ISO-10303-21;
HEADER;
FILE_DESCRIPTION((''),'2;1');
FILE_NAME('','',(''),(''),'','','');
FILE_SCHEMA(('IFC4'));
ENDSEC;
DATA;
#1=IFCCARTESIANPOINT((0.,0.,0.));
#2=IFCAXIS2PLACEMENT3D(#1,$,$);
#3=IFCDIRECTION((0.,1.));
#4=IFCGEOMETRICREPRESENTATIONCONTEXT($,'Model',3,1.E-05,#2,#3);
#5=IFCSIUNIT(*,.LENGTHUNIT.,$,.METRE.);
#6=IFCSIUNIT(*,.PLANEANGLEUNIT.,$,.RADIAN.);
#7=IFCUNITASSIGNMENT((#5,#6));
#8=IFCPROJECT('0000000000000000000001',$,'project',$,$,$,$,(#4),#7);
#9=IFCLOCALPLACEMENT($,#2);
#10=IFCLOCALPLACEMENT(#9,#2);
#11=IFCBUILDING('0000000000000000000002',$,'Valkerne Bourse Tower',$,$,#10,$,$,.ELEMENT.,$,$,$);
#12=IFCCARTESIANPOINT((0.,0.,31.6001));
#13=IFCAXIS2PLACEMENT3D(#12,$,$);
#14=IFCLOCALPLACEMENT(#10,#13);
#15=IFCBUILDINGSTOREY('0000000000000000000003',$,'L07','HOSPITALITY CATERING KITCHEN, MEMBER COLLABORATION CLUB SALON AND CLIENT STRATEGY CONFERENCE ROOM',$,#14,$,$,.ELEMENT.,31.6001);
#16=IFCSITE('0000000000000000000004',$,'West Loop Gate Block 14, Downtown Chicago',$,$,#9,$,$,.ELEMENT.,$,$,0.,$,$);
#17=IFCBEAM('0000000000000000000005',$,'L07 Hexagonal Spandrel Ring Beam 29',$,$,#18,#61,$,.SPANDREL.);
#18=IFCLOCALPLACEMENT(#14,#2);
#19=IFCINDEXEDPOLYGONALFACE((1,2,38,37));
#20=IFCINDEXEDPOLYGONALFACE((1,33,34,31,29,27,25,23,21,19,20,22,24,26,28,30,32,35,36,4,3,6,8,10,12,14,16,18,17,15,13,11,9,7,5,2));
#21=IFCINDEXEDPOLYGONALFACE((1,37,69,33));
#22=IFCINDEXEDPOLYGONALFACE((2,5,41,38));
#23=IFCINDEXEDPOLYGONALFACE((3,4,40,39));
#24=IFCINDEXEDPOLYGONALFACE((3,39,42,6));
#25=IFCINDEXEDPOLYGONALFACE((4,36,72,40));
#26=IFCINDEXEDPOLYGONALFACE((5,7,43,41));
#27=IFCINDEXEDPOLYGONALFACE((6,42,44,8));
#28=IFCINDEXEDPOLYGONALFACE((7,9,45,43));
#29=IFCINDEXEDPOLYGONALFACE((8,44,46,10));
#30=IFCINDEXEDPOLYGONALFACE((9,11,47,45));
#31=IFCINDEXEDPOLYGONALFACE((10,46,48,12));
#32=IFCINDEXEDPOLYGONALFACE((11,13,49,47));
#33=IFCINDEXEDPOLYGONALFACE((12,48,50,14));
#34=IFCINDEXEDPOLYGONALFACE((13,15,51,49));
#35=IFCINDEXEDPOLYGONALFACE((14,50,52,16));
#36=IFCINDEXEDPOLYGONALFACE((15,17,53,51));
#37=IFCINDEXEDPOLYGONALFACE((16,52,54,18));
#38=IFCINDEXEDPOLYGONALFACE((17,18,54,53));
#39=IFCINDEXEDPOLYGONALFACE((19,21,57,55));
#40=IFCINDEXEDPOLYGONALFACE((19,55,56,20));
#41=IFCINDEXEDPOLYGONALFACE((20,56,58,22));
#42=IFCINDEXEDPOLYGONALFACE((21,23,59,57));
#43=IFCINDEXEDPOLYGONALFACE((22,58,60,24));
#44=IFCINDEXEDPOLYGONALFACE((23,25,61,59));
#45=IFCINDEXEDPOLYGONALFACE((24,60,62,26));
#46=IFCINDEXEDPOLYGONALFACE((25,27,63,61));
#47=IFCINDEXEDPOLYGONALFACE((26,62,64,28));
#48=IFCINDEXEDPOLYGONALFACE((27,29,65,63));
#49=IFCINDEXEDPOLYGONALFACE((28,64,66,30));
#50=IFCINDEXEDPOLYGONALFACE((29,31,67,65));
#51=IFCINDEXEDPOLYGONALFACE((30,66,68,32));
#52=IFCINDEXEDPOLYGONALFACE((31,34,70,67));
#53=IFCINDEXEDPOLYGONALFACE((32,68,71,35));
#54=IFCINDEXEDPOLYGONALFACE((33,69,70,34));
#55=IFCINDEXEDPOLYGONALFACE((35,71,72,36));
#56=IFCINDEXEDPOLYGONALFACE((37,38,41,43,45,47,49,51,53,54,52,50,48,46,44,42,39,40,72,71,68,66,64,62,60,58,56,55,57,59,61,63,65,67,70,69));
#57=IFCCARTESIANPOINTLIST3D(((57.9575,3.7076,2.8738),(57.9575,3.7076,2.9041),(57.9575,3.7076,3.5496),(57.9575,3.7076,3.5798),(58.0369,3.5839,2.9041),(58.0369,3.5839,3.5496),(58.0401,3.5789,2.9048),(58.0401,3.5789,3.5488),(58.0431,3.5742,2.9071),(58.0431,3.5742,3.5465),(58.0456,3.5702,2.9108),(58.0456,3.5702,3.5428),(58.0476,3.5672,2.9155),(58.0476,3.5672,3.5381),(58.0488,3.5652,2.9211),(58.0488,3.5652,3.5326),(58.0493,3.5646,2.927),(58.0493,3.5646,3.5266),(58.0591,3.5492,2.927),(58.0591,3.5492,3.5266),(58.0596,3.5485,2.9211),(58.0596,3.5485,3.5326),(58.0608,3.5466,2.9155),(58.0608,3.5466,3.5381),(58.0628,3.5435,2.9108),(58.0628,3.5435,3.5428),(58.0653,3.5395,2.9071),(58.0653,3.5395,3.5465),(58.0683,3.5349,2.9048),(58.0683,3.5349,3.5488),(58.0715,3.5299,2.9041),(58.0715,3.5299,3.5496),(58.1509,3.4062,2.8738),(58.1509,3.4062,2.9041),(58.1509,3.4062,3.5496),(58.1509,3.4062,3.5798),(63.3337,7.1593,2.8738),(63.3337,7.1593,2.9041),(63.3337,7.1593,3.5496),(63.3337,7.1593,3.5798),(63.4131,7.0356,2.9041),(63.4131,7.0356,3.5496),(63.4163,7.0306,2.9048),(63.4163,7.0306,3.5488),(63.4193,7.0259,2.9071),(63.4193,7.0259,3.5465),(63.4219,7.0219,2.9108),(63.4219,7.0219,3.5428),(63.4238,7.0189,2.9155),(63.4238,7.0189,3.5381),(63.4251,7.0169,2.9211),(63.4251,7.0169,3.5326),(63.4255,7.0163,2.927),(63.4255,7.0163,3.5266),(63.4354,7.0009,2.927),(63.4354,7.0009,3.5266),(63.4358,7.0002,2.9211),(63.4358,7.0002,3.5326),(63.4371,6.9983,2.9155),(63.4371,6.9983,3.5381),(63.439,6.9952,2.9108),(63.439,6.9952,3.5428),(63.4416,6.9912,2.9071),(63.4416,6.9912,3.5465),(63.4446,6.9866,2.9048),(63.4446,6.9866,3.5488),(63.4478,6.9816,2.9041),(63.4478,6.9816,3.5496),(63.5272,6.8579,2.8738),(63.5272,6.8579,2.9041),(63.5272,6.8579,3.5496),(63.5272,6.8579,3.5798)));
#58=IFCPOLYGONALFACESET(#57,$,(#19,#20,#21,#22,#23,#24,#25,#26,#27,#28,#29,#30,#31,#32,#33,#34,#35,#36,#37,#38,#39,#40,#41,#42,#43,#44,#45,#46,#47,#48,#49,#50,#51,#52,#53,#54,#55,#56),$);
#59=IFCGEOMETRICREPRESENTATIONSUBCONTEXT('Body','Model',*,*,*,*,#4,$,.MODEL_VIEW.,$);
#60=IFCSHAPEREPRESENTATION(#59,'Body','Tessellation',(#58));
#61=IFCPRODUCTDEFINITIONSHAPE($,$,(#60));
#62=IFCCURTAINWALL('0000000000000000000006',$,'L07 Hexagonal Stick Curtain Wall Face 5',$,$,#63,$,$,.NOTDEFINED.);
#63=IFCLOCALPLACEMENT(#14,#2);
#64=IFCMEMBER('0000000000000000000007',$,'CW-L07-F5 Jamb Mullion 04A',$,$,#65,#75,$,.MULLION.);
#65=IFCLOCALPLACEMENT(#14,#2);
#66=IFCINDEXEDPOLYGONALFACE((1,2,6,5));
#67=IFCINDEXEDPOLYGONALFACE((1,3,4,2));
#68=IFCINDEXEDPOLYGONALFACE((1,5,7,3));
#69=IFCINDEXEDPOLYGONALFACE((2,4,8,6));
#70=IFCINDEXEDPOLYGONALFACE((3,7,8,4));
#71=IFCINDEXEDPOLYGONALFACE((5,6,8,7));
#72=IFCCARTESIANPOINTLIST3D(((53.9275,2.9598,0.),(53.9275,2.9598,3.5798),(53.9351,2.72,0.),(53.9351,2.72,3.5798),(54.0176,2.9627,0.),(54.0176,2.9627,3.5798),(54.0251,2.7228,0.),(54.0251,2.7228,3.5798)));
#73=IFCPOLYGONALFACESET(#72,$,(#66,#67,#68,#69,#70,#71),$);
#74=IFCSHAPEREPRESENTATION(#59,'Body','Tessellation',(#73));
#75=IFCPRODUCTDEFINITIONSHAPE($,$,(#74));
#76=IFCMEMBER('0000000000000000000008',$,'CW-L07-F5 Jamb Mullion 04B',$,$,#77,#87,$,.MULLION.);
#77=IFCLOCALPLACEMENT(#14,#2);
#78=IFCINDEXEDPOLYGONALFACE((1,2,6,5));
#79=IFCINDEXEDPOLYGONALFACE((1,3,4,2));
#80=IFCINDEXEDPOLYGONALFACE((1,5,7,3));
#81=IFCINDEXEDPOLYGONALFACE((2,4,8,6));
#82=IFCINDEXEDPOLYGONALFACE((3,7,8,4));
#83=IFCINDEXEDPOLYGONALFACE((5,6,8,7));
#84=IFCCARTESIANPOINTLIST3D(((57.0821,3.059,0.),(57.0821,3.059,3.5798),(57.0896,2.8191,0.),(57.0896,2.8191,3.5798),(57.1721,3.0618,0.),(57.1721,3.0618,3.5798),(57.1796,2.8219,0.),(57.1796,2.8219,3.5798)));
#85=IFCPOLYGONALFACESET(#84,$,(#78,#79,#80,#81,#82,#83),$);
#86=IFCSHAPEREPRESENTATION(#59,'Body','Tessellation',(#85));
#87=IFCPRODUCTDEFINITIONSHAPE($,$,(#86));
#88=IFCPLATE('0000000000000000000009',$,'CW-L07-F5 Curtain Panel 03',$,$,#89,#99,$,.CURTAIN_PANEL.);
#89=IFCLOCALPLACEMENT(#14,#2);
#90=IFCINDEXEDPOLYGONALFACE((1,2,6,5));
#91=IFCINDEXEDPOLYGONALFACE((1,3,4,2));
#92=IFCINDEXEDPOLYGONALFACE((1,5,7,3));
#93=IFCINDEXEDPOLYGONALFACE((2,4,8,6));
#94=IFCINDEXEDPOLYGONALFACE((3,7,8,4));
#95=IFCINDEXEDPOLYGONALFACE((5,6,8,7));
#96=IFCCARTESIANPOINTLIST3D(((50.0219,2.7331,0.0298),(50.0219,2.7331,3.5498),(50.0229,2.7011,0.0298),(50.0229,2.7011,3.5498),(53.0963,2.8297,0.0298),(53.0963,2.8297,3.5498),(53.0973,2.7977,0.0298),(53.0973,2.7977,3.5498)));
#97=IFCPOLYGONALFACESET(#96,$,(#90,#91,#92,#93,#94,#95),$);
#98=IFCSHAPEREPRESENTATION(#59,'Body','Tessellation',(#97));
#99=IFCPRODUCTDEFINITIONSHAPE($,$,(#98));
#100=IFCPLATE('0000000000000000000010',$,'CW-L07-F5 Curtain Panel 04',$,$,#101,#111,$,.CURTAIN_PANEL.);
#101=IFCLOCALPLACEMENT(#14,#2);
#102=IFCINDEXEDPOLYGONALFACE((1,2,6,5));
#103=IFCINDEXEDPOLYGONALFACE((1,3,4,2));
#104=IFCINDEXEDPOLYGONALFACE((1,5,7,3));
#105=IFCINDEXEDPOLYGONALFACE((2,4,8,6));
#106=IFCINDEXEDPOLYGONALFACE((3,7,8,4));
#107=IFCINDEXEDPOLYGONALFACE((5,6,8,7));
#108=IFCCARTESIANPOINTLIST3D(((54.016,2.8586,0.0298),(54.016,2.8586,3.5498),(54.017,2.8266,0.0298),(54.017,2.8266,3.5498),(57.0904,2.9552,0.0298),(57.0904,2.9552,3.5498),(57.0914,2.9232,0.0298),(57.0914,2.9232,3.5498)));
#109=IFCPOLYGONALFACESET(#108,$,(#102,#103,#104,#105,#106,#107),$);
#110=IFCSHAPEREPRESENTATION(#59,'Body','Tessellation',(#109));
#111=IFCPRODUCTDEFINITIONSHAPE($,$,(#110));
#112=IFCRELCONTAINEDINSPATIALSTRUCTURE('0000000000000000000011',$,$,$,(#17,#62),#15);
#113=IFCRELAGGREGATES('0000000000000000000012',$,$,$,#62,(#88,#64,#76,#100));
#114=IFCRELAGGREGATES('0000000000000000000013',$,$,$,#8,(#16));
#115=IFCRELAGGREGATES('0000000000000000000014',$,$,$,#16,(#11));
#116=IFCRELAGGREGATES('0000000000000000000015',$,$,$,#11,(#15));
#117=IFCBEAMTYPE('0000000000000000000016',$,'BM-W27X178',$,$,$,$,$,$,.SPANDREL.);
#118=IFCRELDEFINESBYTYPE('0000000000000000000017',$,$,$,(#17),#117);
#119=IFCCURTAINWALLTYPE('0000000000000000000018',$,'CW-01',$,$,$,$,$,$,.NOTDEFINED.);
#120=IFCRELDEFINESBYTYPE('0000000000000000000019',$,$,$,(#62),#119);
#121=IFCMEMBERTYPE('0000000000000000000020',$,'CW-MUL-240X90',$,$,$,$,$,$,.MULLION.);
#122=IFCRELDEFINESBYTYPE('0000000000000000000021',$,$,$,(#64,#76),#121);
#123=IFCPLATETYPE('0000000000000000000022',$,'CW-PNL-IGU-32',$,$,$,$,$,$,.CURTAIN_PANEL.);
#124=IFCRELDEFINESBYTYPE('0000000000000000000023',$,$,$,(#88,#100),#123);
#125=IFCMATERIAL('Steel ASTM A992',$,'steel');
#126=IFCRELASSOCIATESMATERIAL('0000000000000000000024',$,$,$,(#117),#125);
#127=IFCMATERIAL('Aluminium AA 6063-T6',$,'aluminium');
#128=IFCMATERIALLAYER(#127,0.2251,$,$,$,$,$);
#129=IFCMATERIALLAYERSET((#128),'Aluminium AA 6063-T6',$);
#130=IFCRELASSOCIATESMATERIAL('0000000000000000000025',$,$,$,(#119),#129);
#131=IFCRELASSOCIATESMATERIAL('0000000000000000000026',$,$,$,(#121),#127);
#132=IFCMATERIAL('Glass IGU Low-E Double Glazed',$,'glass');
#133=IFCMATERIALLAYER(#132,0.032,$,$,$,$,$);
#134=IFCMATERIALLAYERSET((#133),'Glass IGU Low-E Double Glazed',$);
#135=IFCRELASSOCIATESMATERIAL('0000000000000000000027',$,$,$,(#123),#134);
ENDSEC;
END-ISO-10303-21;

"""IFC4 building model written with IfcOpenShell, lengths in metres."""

from ifc_helpers import new_model, si_unit, direction, frame, origin, origin_2d, place, context, subcontext, project, spatial, rectangle, i_section, extrude, material, layer, layer_set, material_profile, profile_set, type_object, element, aggregate, save


model = new_model("IFC4")

# Units and contexts
model_context = context("Model", 3, precision=1e-05, world=origin(), true_north=direction((0.0, 1.0)))
body_context = subcontext(model_context, "Body", "Model", "MODEL_VIEW")
ifc_project = project(units=[si_unit("LENGTHUNIT", "METRE"), si_unit("PLANEANGLEUNIT", "RADIAN")], contexts=[model_context])

# Site, building, storey
site_placement = place(None, origin())
site = spatial("IfcSite", under=ifc_project, at=site_placement, Name="West Loop Gate Block 14, Downtown Chicago", CompositionType="ELEMENT", RefElevation=0.0)
building_placement = place(site_placement, origin())
building = spatial("IfcBuilding", under=site, at=building_placement, Name="Valkerne Bourse Tower", CompositionType="ELEMENT")
storey_placement = place(building_placement, frame((0.0, 0.0, 31.6001)))
storey = spatial("IfcBuildingStorey", under=building, at=storey_placement, Name="L07", Description="HOSPITALITY CATERING KITCHEN, MEMBER COLLABORATION CLUB SALON AND CLIENT STRATEGY CONFERENCE ROOM", CompositionType="ELEMENT", Elevation=31.6001)

# Beam
ifc_material_1 = material(Name="Steel ASTM A992", Category="steel")
ifc_material_profile_1 = material_profile(ifc_material_1, i_section(OverallWidth=0.3582, OverallDepth=0.7061, WebThickness=0.0183, FlangeThickness=0.0303, FilletRadius=0.0229, at=origin_2d()), Name="W27X178")
ifc_profile_set_1 = profile_set([ifc_material_profile_1], Name="Steel ASTM A992")
beam_type = type_object("IfcBeamType", Name="BM-W27X178", PredefinedType="SPANDREL", material=ifc_profile_set_1)
beam_1_placement = place(storey_placement, frame((58.0542, 3.5569, 3.2268), z_axis=(0.841497, 0.540261, 0.0), x_axis=(-0.540261, 0.841497, 0.0)))
element("IfcBeam", 1, at=beam_1_placement, inside=storey, type_object=beam_type, Name="L07 Hexagonal Spandrel Ring Beam 29", PredefinedType="SPANDREL", context=body_context, shape_type="SweptSolid", body=[
    extrude(i_section(OverallWidth=0.3582, OverallDepth=0.7061, WebThickness=0.0183, FlangeThickness=0.0303, FilletRadius=0.0229, at=origin_2d()), origin(), (0.0, 0.0, 1.0), 6.3889),
])

# Curtain wall, members, plates
ifc_material_2 = material(Name="Aluminium AA 6063-T6", Category="aluminium")
ifc_layer_1 = layer(ifc_material_2, 0.2251)
ifc_layer_set_1 = layer_set([ifc_layer_1], Name="Aluminium AA 6063-T6")
curtain_wall_type = type_object("IfcCurtainWallType", Name="CW-01", PredefinedType="NOTDEFINED", material=ifc_layer_set_1)
curtain_wall_placement = place(storey_placement, origin())
curtain_wall = element("IfcCurtainWall", 2, at=curtain_wall_placement, inside=storey, type_object=curtain_wall_type, Name="L07 Hexagonal Stick Curtain Wall Face 5", PredefinedType="NOTDEFINED")
ifc_material_profile_2 = material_profile(ifc_material_2, rectangle(XDim=0.0901, YDim=0.24, at=origin_2d()), Name="CWM-90X240")
ifc_profile_set_2 = profile_set([ifc_material_profile_2], Name="Aluminium AA 6063-T6")
member_type = type_object("IfcMemberType", Name="CW-MUL-240X90", PredefinedType="MULLION", material=ifc_profile_set_2)
member_1_placement = place(storey_placement, frame((53.9763, 2.8413, 0.0), z_axis=(0.0, 0.0, 1.0), x_axis=(0.999507, 0.031407, 0.0)))
member_1 = element("IfcMember", 3, at=member_1_placement, type_object=member_type, Name="CW-L07-F5 Jamb Mullion 04A", PredefinedType="MULLION", context=body_context, shape_type="SweptSolid", body=[
    extrude(rectangle(XDim=0.0901, YDim=0.24, at=origin_2d()), origin(), (0.0, 0.0, 1.0), 3.5798),
])
member_2_placement = place(storey_placement, frame((57.1309, 2.9404, 0.0), z_axis=(0.0, 0.0, 1.0), x_axis=(0.999507, 0.031407, 0.0)))
member_2 = element("IfcMember", 4, at=member_2_placement, type_object=member_type, Name="CW-L07-F5 Jamb Mullion 04B", PredefinedType="MULLION", context=body_context, shape_type="SweptSolid", body=[
    extrude(rectangle(XDim=0.0901, YDim=0.24, at=origin_2d()), origin(), (0.0, 0.0, 1.0), 3.5798),
])
ifc_material_3 = material(Name="Glass IGU Low-E Double Glazed", Category="glass")
ifc_layer_2 = layer(ifc_material_3, 0.032)
ifc_layer_set_2 = layer_set([ifc_layer_2], Name="Glass IGU Low-E Double Glazed")
plate_type = type_object("IfcPlateType", Name="CW-PNL-IGU-32", PredefinedType="CURTAIN_PANEL", material=ifc_layer_set_2)
plate_1_placement = place(storey_placement, frame((51.5596, 2.7654, 0.0298), z_axis=(0.0, 0.0, 1.0), x_axis=(0.999507, 0.031407, 0.0)))
plate_1 = element("IfcPlate", 5, at=plate_1_placement, type_object=plate_type, Name="CW-L07-F5 Curtain Panel 03", PredefinedType="CURTAIN_PANEL", context=body_context, shape_type="SweptSolid", body=[
    extrude(rectangle(XDim=3.0759, YDim=0.032, at=origin_2d()), origin(), (0.0, 0.0, 1.0), 3.52),
])
plate_2_placement = place(storey_placement, frame((55.5537, 2.8909, 0.0298), z_axis=(0.0, 0.0, 1.0), x_axis=(0.999507, 0.031407, 0.0)))
plate_2 = element("IfcPlate", 6, at=plate_2_placement, type_object=plate_type, Name="CW-L07-F5 Curtain Panel 04", PredefinedType="CURTAIN_PANEL", context=body_context, shape_type="SweptSolid", body=[
    extrude(rectangle(XDim=3.0759, YDim=0.032, at=origin_2d()), origin(), (0.0, 0.0, 1.0), 3.52),
])
aggregate(curtain_wall, [plate_1, member_1, member_2, plate_2])

save(model, "model.ifc")
